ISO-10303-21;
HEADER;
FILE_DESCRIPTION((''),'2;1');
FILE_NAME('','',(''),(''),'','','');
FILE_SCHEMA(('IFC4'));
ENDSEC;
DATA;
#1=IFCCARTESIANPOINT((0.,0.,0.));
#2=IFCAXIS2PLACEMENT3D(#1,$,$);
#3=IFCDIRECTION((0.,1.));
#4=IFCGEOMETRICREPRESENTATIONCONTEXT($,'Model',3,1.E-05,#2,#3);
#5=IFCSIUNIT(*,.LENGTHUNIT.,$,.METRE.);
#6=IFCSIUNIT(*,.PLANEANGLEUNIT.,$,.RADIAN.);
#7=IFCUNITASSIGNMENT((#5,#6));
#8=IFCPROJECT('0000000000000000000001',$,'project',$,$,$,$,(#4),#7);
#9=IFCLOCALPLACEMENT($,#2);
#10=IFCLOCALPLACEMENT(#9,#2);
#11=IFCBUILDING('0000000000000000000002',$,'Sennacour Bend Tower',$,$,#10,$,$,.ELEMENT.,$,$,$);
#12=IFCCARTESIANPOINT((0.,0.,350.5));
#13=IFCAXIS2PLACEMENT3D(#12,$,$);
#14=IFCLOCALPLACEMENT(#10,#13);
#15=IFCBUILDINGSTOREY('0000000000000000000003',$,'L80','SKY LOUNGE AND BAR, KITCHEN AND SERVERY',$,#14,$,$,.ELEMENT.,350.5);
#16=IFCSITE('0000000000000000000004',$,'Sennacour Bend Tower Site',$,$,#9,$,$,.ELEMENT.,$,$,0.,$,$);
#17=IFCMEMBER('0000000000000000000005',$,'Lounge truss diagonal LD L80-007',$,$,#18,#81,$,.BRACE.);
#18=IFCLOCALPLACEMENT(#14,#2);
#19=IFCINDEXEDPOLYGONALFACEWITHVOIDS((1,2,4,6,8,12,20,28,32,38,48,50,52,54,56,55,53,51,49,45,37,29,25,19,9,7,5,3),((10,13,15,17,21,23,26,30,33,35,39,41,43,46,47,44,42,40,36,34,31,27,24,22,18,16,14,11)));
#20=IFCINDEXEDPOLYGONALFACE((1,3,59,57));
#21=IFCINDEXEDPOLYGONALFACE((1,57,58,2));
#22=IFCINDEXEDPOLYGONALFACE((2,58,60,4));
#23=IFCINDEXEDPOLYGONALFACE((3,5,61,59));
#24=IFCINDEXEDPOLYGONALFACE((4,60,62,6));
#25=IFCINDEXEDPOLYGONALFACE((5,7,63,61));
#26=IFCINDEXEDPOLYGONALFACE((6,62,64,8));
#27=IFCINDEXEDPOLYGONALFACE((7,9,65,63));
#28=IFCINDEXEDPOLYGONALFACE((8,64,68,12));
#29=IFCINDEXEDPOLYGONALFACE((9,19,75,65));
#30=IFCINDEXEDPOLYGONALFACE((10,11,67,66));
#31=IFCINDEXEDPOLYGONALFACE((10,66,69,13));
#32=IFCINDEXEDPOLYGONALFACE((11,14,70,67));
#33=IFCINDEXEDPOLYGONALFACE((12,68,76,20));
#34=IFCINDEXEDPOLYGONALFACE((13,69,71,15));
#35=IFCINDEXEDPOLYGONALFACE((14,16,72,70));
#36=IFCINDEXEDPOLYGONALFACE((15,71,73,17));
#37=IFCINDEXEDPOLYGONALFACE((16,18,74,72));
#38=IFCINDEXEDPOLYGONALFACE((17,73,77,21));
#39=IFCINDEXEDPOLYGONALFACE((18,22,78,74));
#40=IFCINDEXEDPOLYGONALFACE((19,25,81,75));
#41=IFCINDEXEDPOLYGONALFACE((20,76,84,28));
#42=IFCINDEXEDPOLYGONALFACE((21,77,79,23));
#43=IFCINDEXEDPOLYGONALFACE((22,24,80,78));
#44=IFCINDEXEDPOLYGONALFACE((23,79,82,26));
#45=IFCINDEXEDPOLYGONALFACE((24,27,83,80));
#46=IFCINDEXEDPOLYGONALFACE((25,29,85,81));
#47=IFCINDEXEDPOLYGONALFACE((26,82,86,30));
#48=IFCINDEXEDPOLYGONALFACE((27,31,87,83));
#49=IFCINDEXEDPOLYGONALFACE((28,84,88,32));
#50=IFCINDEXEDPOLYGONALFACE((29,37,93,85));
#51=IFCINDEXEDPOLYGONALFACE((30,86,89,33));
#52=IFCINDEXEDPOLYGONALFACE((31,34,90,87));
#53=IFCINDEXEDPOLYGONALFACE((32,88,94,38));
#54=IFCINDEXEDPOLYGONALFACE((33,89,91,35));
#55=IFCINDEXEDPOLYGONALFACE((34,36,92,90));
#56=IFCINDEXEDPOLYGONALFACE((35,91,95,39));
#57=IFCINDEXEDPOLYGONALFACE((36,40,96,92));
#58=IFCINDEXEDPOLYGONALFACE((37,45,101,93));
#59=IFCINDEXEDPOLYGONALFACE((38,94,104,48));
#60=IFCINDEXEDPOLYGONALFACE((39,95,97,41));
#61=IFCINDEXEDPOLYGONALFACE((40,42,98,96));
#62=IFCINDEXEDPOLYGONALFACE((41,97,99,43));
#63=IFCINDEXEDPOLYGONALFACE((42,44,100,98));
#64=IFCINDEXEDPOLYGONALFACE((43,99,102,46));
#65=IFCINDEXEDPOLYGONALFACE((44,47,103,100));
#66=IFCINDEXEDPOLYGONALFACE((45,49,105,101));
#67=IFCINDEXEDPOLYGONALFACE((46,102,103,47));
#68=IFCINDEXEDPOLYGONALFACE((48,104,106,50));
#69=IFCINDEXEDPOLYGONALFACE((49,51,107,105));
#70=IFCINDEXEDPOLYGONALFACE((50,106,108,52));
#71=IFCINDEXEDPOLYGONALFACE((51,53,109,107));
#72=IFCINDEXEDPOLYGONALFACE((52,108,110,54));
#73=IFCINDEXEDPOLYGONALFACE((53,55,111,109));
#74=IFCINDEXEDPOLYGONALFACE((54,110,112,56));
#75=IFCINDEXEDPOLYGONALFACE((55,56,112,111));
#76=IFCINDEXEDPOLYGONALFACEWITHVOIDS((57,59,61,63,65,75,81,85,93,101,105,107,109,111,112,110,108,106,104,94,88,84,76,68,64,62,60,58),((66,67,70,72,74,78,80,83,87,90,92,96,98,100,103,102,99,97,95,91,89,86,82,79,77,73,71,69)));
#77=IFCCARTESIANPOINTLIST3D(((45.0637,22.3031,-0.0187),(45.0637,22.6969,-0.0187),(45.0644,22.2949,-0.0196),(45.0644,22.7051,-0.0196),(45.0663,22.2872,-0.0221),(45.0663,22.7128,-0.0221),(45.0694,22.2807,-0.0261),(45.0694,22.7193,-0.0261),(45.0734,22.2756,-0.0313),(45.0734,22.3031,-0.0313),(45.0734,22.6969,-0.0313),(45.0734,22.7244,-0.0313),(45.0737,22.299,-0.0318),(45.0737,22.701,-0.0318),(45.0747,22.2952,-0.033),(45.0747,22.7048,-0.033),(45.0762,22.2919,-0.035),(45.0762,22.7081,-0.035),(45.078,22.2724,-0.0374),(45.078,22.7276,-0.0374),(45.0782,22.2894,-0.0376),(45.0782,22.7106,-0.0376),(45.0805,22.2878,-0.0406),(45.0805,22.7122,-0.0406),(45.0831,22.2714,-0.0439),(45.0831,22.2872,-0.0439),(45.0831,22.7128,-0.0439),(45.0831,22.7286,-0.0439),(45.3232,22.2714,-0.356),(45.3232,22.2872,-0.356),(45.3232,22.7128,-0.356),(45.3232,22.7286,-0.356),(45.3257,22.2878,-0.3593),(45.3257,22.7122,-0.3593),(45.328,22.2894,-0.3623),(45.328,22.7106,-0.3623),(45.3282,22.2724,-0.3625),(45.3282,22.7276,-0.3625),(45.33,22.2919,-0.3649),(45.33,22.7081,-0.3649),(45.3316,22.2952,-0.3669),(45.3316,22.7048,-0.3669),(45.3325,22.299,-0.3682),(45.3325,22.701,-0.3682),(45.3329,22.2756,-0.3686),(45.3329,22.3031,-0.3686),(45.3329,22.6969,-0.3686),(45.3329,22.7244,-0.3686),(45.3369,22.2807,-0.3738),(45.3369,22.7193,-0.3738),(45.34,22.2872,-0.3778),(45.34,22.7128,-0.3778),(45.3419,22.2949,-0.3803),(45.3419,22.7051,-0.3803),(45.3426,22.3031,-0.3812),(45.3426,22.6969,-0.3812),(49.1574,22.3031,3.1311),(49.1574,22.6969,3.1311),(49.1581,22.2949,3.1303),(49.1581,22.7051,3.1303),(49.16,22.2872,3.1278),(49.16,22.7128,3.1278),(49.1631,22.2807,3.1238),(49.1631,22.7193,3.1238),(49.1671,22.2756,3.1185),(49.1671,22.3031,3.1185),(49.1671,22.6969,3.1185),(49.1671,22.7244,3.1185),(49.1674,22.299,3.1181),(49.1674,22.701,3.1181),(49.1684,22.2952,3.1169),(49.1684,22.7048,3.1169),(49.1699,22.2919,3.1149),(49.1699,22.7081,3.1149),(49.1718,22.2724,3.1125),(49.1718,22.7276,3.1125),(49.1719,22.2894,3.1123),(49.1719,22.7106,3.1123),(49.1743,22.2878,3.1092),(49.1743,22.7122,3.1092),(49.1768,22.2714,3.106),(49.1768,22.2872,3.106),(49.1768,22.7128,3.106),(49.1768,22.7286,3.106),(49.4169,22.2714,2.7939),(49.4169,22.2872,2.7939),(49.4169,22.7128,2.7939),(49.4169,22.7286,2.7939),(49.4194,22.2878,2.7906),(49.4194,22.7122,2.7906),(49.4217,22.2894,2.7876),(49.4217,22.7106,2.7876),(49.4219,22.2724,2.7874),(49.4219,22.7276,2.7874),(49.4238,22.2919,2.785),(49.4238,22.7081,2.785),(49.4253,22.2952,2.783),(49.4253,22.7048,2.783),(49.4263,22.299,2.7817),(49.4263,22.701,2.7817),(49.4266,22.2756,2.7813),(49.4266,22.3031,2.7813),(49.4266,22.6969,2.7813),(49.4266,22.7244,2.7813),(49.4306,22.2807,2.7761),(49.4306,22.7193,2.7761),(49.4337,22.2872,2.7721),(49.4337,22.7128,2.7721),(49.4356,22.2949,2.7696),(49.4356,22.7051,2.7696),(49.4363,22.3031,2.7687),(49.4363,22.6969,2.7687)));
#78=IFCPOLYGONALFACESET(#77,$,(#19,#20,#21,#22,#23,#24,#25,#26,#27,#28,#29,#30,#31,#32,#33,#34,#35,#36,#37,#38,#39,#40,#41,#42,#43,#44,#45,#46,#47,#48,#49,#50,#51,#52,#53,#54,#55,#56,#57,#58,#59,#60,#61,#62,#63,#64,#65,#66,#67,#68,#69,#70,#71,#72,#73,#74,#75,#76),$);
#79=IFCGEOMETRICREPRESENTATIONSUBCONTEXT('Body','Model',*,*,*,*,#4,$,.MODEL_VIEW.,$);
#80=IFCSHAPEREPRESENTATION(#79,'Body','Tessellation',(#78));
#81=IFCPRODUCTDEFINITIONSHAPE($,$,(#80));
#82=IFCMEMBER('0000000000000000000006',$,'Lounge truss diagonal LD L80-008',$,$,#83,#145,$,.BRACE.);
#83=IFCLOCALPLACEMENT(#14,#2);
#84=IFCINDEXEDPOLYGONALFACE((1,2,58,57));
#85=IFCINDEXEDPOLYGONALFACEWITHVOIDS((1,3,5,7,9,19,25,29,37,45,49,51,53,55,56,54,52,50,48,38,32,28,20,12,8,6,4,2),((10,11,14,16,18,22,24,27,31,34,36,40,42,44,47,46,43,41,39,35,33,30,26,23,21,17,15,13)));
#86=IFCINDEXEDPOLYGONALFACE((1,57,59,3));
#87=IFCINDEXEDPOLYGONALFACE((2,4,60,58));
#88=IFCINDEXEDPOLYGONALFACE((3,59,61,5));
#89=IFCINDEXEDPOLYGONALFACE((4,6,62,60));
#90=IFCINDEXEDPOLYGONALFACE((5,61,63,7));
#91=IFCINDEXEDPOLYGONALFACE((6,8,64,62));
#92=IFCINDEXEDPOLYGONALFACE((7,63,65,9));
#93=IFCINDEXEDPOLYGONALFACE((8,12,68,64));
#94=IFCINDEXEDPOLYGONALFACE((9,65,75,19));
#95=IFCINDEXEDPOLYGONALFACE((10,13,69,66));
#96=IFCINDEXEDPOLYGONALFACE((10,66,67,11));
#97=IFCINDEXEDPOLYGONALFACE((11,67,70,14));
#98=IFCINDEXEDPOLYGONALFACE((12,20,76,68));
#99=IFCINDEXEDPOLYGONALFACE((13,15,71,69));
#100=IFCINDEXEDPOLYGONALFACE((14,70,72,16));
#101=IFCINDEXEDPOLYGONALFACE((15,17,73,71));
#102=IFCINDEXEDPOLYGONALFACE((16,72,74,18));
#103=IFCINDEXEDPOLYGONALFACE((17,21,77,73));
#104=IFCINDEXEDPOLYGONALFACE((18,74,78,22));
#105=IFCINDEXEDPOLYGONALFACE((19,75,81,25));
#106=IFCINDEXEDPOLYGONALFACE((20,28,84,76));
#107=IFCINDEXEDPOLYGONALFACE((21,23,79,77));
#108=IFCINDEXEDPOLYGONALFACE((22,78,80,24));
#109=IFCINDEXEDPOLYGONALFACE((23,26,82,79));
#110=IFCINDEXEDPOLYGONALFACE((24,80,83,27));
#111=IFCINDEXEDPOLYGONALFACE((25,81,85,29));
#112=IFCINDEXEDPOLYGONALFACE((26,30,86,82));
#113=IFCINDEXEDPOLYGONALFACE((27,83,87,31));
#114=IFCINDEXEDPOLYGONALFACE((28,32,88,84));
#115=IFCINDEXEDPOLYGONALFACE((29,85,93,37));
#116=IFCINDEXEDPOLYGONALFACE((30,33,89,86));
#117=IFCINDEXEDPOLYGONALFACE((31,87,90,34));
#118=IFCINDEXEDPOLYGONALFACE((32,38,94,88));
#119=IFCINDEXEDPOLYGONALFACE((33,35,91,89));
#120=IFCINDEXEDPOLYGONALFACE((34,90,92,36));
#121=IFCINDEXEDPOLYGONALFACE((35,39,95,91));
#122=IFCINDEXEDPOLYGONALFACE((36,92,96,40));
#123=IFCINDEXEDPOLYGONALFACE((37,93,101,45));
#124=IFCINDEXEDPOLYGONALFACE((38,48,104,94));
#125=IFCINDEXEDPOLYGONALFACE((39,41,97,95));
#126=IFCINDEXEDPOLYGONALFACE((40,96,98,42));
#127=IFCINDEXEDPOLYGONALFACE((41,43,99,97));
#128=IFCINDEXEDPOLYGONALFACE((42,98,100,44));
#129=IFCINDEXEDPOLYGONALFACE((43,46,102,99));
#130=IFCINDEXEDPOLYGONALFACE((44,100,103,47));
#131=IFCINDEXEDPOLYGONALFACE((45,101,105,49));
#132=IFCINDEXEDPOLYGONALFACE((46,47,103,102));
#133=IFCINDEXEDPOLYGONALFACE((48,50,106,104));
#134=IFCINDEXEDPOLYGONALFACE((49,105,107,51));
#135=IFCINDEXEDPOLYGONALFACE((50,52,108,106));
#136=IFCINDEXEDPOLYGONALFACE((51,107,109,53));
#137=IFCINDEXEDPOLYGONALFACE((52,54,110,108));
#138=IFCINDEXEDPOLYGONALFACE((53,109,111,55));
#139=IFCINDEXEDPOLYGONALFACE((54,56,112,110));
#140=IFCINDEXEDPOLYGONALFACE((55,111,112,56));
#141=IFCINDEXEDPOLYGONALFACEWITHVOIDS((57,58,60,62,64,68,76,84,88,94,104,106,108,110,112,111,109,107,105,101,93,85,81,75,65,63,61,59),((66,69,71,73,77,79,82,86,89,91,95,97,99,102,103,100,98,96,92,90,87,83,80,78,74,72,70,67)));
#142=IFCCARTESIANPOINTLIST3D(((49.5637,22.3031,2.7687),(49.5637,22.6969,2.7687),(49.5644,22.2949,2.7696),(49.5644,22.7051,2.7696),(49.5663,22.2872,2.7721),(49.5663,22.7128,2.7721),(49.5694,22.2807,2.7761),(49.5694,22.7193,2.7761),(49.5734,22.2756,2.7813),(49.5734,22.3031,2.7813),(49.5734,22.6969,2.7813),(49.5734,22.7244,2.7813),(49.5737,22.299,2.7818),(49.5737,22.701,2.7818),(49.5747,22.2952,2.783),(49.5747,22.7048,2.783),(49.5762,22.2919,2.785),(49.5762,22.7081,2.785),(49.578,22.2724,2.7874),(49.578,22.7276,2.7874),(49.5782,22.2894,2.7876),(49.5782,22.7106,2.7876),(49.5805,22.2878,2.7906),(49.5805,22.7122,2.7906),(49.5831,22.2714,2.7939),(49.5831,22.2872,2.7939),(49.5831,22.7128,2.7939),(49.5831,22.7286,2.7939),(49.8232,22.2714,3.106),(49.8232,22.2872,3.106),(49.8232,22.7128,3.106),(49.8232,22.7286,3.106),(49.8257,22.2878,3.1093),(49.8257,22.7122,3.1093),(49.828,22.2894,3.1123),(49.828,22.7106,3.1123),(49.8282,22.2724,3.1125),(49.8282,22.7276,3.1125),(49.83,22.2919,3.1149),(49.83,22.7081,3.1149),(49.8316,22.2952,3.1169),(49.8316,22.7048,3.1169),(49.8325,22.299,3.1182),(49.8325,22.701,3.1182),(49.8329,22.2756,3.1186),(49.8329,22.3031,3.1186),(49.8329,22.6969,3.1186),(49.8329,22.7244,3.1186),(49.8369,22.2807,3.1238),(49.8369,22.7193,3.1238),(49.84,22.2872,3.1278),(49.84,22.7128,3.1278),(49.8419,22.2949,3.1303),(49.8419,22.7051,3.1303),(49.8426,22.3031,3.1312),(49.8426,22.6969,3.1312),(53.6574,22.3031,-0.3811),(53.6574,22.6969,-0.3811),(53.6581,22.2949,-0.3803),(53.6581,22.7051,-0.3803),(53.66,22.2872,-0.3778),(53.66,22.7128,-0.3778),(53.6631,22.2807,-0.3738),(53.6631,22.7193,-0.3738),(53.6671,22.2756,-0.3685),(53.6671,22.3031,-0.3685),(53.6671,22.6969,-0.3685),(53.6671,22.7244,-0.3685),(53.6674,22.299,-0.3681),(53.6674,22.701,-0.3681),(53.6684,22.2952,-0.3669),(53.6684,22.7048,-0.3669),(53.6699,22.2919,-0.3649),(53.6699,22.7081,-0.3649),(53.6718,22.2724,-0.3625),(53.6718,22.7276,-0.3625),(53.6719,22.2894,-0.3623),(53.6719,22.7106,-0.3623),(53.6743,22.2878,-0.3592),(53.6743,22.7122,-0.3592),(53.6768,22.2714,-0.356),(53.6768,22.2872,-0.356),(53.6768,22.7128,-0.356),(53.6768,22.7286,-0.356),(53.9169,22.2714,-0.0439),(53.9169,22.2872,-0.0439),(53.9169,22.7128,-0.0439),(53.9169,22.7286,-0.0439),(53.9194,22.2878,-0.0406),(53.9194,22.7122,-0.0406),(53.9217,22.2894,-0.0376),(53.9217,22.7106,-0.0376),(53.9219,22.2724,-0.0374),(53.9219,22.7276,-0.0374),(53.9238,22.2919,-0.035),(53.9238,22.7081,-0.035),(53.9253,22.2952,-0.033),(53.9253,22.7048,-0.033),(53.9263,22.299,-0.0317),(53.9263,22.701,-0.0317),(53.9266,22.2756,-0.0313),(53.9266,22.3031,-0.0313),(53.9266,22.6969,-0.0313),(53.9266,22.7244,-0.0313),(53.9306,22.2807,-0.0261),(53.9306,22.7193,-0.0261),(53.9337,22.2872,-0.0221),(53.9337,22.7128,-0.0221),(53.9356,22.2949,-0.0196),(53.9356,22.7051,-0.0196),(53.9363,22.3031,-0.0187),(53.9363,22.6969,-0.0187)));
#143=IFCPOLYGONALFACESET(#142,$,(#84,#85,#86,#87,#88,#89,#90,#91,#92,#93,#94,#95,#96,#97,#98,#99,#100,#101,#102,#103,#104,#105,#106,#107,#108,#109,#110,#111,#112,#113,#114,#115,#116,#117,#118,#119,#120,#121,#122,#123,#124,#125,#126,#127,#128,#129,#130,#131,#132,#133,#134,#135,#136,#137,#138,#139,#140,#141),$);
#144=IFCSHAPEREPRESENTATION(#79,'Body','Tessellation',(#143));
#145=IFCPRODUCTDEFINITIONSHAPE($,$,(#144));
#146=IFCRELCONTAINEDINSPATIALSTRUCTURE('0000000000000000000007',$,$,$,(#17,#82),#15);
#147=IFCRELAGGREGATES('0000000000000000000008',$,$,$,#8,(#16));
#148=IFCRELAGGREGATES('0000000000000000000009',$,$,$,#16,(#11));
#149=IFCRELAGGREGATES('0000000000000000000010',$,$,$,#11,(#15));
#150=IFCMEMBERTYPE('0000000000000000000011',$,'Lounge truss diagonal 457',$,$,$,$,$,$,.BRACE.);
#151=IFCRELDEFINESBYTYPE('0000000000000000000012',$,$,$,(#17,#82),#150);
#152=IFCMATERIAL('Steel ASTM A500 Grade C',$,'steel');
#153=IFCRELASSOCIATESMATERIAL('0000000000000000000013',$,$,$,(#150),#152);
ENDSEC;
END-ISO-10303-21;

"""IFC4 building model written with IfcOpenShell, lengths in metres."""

from ifc_helpers import new_model, si_unit, direction, frame, origin, origin_2d, place, context, subcontext, project, spatial, hollow_rectangle, extrude, material, material_profile, profile_set, type_object, element, save


model = new_model("IFC4")

# Units and contexts
model_context = context("Model", 3, precision=1e-05, world=origin(), true_north=direction((0.0, 1.0)))
body_context = subcontext(model_context, "Body", "Model", "MODEL_VIEW")
ifc_project = project(units=[si_unit("LENGTHUNIT", "METRE"), si_unit("PLANEANGLEUNIT", "RADIAN")], contexts=[model_context])

# Site, building, storey
site_placement = place(None, origin())
site = spatial("IfcSite", under=ifc_project, at=site_placement, Name="Sennacour Bend Tower Site", CompositionType="ELEMENT", RefElevation=0.0)
building_placement = place(site_placement, origin())
building = spatial("IfcBuilding", under=site, at=building_placement, Name="Sennacour Bend Tower", CompositionType="ELEMENT")
storey_placement = place(building_placement, frame((0.0, 0.0, 350.5)))
storey = spatial("IfcBuildingStorey", under=building, at=storey_placement, Name="L80", Description="SKY LOUNGE AND BAR, KITCHEN AND SERVERY", CompositionType="ELEMENT", Elevation=350.5)

# Members
ifc_material_1 = material(Name="Steel ASTM A500 Grade C", Category="steel")
ifc_material_profile_1 = material_profile(ifc_material_1, hollow_rectangle(XDim=0.4573, YDim=0.4573, WallThickness=0.0159, InnerFilletRadius=0.0159, OuterFilletRadius=0.0317, at=origin_2d()), Name="Steel ASTM A500 Grade C", Category="steel")
ifc_profile_set_1 = profile_set([ifc_material_profile_1], Name="Steel ASTM A500 Grade C")
member_type_1 = type_object("IfcMemberType", Name="Lounge truss diagonal 457", PredefinedType="BRACE", material=ifc_profile_set_1)
for number, where, z_axis, x_axis, name in (
    (1, (45.2031, 22.5, -0.2), (0.792543, 0.0, 0.609816), (0.0, 1.0, 0.0), "Lounge truss diagonal LD L80-007"),
    (2, (49.7031, 22.5, 2.95), (0.792543, 0.0, -0.609816), (0.0, 1.0, 0.0), "Lounge truss diagonal LD L80-008"),
):
    element("IfcMember", number, at=place(storey_placement, frame(where, z_axis=z_axis, x_axis=x_axis)), inside=storey, type_object=member_type_1, Name=name, PredefinedType="BRACE", context=body_context, shape_type="SweptSolid", body=[
        extrude(hollow_rectangle(XDim=0.4573, YDim=0.4573, WallThickness=0.0159, InnerFilletRadius=0.0159, OuterFilletRadius=0.0317, at=origin_2d()), origin(), (0.0, 0.0, 1.0), 5.1653),
    ])

save(model, "model.ifc")
